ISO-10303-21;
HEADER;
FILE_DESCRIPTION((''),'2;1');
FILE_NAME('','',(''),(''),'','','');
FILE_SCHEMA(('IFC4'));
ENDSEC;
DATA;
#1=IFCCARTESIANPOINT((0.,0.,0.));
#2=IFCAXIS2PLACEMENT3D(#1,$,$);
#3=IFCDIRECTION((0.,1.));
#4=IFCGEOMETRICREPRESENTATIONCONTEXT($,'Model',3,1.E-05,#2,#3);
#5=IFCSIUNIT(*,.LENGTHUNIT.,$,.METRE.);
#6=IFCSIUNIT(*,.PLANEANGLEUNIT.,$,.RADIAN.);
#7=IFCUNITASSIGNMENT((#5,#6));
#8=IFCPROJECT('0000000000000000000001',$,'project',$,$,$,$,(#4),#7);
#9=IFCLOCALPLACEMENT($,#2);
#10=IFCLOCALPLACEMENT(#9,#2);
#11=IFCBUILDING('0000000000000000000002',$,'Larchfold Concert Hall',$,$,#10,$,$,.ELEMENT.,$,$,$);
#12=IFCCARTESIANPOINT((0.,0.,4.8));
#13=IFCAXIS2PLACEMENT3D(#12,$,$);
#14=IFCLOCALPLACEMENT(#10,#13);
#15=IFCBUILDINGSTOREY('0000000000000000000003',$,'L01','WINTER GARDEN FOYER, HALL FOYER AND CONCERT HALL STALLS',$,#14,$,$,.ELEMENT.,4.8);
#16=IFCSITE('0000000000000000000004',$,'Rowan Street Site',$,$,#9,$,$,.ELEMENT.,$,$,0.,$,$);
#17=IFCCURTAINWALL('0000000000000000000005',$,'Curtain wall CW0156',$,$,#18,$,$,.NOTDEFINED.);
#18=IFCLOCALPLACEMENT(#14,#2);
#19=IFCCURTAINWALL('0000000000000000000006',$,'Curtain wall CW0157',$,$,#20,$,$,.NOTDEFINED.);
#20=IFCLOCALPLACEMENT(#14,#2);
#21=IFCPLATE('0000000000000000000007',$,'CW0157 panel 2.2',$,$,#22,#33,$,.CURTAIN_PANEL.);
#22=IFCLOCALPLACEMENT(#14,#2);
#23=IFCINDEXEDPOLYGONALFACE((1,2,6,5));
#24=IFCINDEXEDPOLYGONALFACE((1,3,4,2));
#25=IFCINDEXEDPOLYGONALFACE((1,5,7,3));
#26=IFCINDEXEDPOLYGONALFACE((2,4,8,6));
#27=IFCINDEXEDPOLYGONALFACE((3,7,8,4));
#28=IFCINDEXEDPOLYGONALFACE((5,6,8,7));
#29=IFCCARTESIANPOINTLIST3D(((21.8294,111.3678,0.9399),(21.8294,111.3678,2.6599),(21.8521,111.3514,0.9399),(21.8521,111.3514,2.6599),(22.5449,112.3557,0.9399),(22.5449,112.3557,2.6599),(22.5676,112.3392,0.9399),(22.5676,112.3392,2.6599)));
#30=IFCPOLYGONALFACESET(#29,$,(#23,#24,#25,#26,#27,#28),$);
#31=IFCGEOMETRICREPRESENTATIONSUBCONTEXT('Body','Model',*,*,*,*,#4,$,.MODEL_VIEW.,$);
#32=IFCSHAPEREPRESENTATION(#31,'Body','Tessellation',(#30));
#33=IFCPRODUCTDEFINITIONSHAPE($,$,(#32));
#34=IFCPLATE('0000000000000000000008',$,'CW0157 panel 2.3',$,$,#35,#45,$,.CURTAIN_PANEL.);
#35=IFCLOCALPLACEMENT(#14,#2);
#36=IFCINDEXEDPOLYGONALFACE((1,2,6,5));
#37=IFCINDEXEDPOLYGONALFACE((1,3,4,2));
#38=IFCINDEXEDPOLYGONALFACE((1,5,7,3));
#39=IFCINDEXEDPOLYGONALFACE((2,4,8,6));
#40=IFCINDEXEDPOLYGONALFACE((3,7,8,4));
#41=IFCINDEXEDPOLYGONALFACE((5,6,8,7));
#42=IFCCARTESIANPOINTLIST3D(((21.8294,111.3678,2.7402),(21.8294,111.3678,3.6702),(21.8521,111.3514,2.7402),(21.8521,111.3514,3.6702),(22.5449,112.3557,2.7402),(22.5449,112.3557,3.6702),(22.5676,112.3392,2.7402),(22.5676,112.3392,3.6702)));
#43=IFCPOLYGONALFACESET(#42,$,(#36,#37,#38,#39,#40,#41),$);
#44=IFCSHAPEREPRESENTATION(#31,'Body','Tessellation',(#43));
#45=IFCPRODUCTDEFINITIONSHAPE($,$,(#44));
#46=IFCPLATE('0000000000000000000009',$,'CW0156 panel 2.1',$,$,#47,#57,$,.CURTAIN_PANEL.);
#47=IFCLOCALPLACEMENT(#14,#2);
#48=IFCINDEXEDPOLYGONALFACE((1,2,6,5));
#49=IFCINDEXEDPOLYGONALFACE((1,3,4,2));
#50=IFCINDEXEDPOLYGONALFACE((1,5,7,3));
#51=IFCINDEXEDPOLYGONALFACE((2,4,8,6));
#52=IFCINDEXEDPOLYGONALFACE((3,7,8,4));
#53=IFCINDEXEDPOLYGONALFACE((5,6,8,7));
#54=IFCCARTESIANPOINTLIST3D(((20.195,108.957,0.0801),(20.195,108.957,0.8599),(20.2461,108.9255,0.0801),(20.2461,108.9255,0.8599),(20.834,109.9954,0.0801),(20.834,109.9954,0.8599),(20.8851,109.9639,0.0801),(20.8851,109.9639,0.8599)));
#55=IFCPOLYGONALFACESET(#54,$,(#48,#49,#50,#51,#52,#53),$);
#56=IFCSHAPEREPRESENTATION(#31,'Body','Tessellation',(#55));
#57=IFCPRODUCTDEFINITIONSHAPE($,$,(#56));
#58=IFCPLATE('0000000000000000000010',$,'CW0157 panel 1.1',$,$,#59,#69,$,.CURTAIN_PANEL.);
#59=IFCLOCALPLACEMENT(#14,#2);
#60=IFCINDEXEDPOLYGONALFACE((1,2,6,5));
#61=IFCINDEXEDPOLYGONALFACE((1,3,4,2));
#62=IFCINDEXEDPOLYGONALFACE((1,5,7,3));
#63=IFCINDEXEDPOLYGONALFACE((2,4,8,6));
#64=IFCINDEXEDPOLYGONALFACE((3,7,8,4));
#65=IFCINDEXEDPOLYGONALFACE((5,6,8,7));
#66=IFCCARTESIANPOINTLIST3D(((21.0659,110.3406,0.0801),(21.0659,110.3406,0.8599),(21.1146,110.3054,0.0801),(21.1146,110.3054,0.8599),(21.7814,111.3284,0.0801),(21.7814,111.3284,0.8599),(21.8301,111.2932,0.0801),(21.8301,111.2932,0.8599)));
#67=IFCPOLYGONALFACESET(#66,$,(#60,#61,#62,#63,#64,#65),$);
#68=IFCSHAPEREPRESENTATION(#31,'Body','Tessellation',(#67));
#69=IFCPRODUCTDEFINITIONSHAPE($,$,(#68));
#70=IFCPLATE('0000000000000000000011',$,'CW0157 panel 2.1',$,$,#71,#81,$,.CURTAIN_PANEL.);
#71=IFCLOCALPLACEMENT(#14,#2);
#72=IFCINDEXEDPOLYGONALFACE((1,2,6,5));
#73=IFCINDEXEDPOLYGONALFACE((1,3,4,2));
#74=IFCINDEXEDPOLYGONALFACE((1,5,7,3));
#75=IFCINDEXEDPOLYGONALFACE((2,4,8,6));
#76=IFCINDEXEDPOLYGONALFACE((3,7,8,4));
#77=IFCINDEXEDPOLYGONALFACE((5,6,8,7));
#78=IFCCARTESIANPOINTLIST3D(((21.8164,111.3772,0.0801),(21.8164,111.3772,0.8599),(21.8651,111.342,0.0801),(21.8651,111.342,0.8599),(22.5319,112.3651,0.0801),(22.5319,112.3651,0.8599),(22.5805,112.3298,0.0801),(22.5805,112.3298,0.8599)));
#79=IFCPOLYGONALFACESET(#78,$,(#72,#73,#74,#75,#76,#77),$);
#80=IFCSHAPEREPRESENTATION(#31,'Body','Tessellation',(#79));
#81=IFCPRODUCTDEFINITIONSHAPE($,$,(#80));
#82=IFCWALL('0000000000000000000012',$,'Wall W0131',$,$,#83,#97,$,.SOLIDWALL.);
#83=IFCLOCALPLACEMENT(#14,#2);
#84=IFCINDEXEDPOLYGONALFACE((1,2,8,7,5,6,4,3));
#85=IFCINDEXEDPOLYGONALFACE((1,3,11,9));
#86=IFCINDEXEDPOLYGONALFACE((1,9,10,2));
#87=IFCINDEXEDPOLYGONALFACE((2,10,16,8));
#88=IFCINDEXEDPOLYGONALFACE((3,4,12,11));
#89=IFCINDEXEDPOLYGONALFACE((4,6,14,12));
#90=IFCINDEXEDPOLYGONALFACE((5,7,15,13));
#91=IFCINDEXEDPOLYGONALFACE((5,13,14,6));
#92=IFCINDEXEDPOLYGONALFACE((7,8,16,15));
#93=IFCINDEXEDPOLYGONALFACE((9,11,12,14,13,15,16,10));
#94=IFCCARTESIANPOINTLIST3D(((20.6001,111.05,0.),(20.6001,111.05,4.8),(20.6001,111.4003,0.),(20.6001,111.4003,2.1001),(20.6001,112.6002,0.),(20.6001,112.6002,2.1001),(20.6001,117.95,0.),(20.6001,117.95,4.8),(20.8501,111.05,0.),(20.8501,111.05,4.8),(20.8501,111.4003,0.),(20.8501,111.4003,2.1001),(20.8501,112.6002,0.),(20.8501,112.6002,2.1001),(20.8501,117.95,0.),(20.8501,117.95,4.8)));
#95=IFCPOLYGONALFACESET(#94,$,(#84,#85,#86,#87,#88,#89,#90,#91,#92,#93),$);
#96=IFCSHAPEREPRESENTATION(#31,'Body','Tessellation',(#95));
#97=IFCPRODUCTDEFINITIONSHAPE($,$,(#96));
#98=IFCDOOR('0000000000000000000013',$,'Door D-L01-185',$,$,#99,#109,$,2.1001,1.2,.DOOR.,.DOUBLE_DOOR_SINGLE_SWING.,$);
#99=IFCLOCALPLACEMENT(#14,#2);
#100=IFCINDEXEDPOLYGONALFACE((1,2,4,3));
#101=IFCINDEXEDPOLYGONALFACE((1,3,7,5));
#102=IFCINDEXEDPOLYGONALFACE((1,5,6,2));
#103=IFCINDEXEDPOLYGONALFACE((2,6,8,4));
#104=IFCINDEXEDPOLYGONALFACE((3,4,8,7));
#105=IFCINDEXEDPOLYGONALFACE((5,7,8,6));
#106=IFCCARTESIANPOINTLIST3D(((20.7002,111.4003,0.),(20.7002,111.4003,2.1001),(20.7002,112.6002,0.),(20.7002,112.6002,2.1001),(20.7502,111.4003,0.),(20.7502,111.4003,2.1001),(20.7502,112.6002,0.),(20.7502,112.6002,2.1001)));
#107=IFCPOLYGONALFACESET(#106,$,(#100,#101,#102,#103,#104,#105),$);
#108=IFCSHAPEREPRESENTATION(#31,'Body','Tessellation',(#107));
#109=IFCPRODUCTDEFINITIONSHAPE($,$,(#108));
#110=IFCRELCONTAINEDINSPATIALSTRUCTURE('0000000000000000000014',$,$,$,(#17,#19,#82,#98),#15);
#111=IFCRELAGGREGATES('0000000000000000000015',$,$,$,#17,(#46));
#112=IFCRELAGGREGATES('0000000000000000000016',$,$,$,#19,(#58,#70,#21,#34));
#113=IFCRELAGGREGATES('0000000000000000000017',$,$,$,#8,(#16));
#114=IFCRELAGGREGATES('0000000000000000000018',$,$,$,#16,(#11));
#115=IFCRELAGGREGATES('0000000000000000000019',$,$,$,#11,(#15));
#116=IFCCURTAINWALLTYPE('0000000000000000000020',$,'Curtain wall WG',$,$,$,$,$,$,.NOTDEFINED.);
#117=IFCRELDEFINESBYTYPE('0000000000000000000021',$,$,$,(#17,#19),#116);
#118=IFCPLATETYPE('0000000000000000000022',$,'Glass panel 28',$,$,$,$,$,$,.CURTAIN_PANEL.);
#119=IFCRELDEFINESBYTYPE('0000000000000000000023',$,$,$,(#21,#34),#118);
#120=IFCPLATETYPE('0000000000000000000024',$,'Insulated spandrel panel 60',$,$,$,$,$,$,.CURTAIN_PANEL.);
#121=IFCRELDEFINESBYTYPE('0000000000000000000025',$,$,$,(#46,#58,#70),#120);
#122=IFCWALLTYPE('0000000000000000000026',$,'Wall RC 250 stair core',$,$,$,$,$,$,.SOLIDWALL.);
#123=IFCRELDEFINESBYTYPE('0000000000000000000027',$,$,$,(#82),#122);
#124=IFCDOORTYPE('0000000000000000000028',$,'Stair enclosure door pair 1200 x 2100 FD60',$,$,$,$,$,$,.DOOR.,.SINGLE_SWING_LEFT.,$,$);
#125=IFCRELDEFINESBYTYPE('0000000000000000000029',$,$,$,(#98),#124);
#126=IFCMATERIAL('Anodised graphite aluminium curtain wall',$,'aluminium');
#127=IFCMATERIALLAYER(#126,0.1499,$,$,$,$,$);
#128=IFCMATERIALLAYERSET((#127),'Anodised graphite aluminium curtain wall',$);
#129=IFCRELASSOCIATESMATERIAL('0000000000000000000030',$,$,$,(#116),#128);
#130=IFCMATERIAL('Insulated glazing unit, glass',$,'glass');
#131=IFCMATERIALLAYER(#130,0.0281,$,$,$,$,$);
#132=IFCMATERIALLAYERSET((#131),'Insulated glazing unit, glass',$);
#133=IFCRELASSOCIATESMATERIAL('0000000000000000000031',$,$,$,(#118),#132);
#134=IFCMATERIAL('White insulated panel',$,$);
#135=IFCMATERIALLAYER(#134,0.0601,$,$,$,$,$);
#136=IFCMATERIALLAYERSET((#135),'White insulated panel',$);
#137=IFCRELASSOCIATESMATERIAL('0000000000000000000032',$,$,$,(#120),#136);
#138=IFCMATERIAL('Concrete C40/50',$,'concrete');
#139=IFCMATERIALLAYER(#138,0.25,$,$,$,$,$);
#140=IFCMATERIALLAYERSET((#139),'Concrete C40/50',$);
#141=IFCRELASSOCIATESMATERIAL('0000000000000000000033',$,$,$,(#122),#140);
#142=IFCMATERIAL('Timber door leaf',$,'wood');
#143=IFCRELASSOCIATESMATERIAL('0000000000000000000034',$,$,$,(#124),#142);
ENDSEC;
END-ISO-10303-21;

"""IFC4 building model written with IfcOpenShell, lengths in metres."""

from ifc_helpers import new_model, si_unit, direction, frame, frame_2d, origin, origin_2d, place, context, subcontext, project, spatial, rectangle, extrude, material, layer, layer_set, type_object, element, fill, aggregate, save


model = new_model("IFC4")

# Units and contexts
model_context = context("Model", 3, precision=1e-05, world=origin(), true_north=direction((0.0, 1.0)))
body_context = subcontext(model_context, "Body", "Model", "MODEL_VIEW")
ifc_project = project(units=[si_unit("LENGTHUNIT", "METRE"), si_unit("PLANEANGLEUNIT", "RADIAN")], contexts=[model_context])

# Site, building, storey
site_placement = place(None, origin())
site = spatial("IfcSite", under=ifc_project, at=site_placement, Name="Rowan Street Site", CompositionType="ELEMENT", RefElevation=0.0)
building_placement = place(site_placement, origin())
building = spatial("IfcBuilding", under=site, at=building_placement, Name="Larchfold Concert Hall", CompositionType="ELEMENT")
storey_placement = place(building_placement, frame((0.0, 0.0, 4.8)))
storey = spatial("IfcBuildingStorey", under=building, at=storey_placement, Name="L01", Description="WINTER GARDEN FOYER, HALL FOYER AND CONCERT HALL STALLS", CompositionType="ELEMENT", Elevation=4.8)

# Curtain wall
ifc_material_1 = material(Name="Anodised graphite aluminium curtain wall", Category="aluminium")
ifc_layer_1 = layer(ifc_material_1, 0.1499)
ifc_layer_set_1 = layer_set([ifc_layer_1], Name="Anodised graphite aluminium curtain wall")
curtain_wall_type = type_object("IfcCurtainWallType", Name="Curtain wall WG", PredefinedType="NOTDEFINED", material=ifc_layer_set_1)
curtain_wall_1_placement = place(storey_placement, origin())
curtain_wall_1 = element("IfcCurtainWall", 1, at=curtain_wall_1_placement, inside=storey, type_object=curtain_wall_type, Name="Curtain wall CW0156", PredefinedType="NOTDEFINED")

# Curtain wall
curtain_wall_2_placement = place(storey_placement, origin())
curtain_wall_2 = element("IfcCurtainWall", 2, at=curtain_wall_2_placement, inside=storey, type_object=curtain_wall_type, Name="Curtain wall CW0157", PredefinedType="NOTDEFINED")

# Plates
ifc_material_2 = material(Name="Insulated glazing unit, glass", Category="glass")
ifc_layer_2 = layer(ifc_material_2, 0.0281)
ifc_layer_set_2 = layer_set([ifc_layer_2], Name="Insulated glazing unit, glass")
plate_type_1 = type_object("IfcPlateType", Name="Glass panel 28", PredefinedType="CURTAIN_PANEL", material=ifc_layer_set_2)
plate_1_placement = place(storey_placement, frame((22.1985, 111.8535, 0.9399), z_axis=(0.0, 0.0, 1.0), x_axis=(0.586586, 0.809887, 0.0)))
plate_1 = element("IfcPlate", 3, at=plate_1_placement, type_object=plate_type_1, Name="CW0157 panel 2.2", PredefinedType="CURTAIN_PANEL", context=body_context, shape_type="SweptSolid", body=[
    extrude(rectangle(XDim=1.2197, YDim=0.0281, at=origin_2d()), origin(), (0.0, 0.0, 1.0), 1.72),
])
plate_2_placement = place(storey_placement, frame((22.1985, 111.8535, 2.7402), z_axis=(0.0, 0.0, 1.0), x_axis=(0.586586, 0.809887, 0.0)))
plate_2 = element("IfcPlate", 4, at=plate_2_placement, type_object=plate_type_1, Name="CW0157 panel 2.3", PredefinedType="CURTAIN_PANEL", context=body_context, shape_type="SweptSolid", body=[
    extrude(rectangle(XDim=1.2197, YDim=0.0281, at=origin_2d()), origin(), (0.0, 0.0, 1.0), 0.9299),
])
ifc_material_3 = material(Name="White insulated panel")
ifc_layer_3 = layer(ifc_material_3, 0.0601)
ifc_layer_set_3 = layer_set([ifc_layer_3], Name="White insulated panel")
plate_type_2 = type_object("IfcPlateType", Name="Insulated spandrel panel 60", PredefinedType="CURTAIN_PANEL", material=ifc_layer_set_3)
plate_3_placement = place(storey_placement, frame((20.54, 109.4604, 0.0801), z_axis=(0.0, 0.0, 1.0), x_axis=(0.524103, 0.851655, 0.0)))
plate_3 = element("IfcPlate", 5, at=plate_3_placement, type_object=plate_type_2, Name="CW0156 panel 2.1", PredefinedType="CURTAIN_PANEL", context=body_context, shape_type="SweptSolid", body=[
    extrude(rectangle(XDim=1.2192, YDim=0.0601, at=origin_2d()), origin(), (0.0, 0.0, 1.0), 0.7798),
])
aggregate(curtain_wall_1, [plate_3])
plate_4_placement = place(storey_placement, frame((21.448, 110.8169, 0.0801), z_axis=(0.0, 0.0, 1.0), x_axis=(0.586586, 0.809887, 0.0)))
plate_4 = element("IfcPlate", 6, at=plate_4_placement, type_object=plate_type_2, Name="CW0157 panel 1.1", PredefinedType="CURTAIN_PANEL", context=body_context, shape_type="SweptSolid", body=[
    extrude(rectangle(XDim=1.2197, YDim=0.0601, at=origin_2d()), origin(), (0.0, 0.0, 1.0), 0.7798),
])
plate_5_placement = place(storey_placement, frame((22.1985, 111.8535, 0.0801), z_axis=(0.0, 0.0, 1.0), x_axis=(0.586586, 0.809887, 0.0)))
plate_5 = element("IfcPlate", 7, at=plate_5_placement, type_object=plate_type_2, Name="CW0157 panel 2.1", PredefinedType="CURTAIN_PANEL", context=body_context, shape_type="SweptSolid", body=[
    extrude(rectangle(XDim=1.2197, YDim=0.0601, at=origin_2d()), origin(), (0.0, 0.0, 1.0), 0.7798),
])
aggregate(curtain_wall_2, [plate_4, plate_5, plate_1, plate_2])

# Wall, opening, door
ifc_material_4 = material(Name="Concrete C40/50", Category="concrete")
ifc_layer_4 = layer(ifc_material_4, 0.25)
ifc_layer_set_4 = layer_set([ifc_layer_4], Name="Concrete C40/50")
wall_type = type_object("IfcWallType", Name="Wall RC 250 stair core", PredefinedType="SOLIDWALL", material=ifc_layer_set_4)
wall_placement = place(storey_placement, frame((20.7251, 111.05, 0.0), z_axis=(0.0, 0.0, 1.0), x_axis=(0.0, 1.0, 0.0)))
wall = element("IfcWall", 8, at=wall_placement, inside=storey, type_object=wall_type, Name="Wall W0131", PredefinedType="SOLIDWALL", context=body_context, shape_type="SweptSolid", body=[
    extrude(rectangle(XDim=6.8999, YDim=0.25, at=frame_2d((3.45, 0.0))), origin(), (0.0, 0.0, 1.0), 4.8),
])
opening_placement = place(wall_placement, frame((0.3501, 0.0, 0.0)))
opening = element("IfcOpeningElement", 9, at=opening_placement, cuts=wall, PredefinedType="OPENING", context=body_context, shape_type="SweptSolid", body=[
    extrude(rectangle(XDim=1.2, YDim=2.1001, at=frame_2d((0.6001, 1.05))), frame((0.0, 0.135, 0.0), z_axis=(0.0, -1.0, 0.0), x_axis=(1.0, 0.0, 0.0)), (0.0, 0.0, 1.0), 0.27),
])
ifc_material_5 = material(Name="Timber door leaf", Category="wood")
door_type = type_object("IfcDoorType", Name="Stair enclosure door pair 1200 x 2100 FD60", OperationType="SINGLE_SWING_LEFT", PredefinedType="DOOR", material=ifc_material_5)
door_placement = place(opening_placement, origin())
door = element("IfcDoor", 10, at=door_placement, inside=storey, type_object=door_type, Name="Door D-L01-185", OperationType="DOUBLE_DOOR_SINGLE_SWING", OverallHeight=2.1001, OverallWidth=1.2, PredefinedType="DOOR", context=body_context, shape_type="SweptSolid", body=[
    extrude(rectangle(XDim=1.2, YDim=2.1001, at=frame_2d((0.6001, 1.05))), frame((0.0, 0.0249, 0.0), z_axis=(0.0, -1.0, 0.0), x_axis=(1.0, 0.0, 0.0)), (0.0, 0.0, 1.0), 0.05),
])
fill(opening, door)

save(model, "model.ifc")
